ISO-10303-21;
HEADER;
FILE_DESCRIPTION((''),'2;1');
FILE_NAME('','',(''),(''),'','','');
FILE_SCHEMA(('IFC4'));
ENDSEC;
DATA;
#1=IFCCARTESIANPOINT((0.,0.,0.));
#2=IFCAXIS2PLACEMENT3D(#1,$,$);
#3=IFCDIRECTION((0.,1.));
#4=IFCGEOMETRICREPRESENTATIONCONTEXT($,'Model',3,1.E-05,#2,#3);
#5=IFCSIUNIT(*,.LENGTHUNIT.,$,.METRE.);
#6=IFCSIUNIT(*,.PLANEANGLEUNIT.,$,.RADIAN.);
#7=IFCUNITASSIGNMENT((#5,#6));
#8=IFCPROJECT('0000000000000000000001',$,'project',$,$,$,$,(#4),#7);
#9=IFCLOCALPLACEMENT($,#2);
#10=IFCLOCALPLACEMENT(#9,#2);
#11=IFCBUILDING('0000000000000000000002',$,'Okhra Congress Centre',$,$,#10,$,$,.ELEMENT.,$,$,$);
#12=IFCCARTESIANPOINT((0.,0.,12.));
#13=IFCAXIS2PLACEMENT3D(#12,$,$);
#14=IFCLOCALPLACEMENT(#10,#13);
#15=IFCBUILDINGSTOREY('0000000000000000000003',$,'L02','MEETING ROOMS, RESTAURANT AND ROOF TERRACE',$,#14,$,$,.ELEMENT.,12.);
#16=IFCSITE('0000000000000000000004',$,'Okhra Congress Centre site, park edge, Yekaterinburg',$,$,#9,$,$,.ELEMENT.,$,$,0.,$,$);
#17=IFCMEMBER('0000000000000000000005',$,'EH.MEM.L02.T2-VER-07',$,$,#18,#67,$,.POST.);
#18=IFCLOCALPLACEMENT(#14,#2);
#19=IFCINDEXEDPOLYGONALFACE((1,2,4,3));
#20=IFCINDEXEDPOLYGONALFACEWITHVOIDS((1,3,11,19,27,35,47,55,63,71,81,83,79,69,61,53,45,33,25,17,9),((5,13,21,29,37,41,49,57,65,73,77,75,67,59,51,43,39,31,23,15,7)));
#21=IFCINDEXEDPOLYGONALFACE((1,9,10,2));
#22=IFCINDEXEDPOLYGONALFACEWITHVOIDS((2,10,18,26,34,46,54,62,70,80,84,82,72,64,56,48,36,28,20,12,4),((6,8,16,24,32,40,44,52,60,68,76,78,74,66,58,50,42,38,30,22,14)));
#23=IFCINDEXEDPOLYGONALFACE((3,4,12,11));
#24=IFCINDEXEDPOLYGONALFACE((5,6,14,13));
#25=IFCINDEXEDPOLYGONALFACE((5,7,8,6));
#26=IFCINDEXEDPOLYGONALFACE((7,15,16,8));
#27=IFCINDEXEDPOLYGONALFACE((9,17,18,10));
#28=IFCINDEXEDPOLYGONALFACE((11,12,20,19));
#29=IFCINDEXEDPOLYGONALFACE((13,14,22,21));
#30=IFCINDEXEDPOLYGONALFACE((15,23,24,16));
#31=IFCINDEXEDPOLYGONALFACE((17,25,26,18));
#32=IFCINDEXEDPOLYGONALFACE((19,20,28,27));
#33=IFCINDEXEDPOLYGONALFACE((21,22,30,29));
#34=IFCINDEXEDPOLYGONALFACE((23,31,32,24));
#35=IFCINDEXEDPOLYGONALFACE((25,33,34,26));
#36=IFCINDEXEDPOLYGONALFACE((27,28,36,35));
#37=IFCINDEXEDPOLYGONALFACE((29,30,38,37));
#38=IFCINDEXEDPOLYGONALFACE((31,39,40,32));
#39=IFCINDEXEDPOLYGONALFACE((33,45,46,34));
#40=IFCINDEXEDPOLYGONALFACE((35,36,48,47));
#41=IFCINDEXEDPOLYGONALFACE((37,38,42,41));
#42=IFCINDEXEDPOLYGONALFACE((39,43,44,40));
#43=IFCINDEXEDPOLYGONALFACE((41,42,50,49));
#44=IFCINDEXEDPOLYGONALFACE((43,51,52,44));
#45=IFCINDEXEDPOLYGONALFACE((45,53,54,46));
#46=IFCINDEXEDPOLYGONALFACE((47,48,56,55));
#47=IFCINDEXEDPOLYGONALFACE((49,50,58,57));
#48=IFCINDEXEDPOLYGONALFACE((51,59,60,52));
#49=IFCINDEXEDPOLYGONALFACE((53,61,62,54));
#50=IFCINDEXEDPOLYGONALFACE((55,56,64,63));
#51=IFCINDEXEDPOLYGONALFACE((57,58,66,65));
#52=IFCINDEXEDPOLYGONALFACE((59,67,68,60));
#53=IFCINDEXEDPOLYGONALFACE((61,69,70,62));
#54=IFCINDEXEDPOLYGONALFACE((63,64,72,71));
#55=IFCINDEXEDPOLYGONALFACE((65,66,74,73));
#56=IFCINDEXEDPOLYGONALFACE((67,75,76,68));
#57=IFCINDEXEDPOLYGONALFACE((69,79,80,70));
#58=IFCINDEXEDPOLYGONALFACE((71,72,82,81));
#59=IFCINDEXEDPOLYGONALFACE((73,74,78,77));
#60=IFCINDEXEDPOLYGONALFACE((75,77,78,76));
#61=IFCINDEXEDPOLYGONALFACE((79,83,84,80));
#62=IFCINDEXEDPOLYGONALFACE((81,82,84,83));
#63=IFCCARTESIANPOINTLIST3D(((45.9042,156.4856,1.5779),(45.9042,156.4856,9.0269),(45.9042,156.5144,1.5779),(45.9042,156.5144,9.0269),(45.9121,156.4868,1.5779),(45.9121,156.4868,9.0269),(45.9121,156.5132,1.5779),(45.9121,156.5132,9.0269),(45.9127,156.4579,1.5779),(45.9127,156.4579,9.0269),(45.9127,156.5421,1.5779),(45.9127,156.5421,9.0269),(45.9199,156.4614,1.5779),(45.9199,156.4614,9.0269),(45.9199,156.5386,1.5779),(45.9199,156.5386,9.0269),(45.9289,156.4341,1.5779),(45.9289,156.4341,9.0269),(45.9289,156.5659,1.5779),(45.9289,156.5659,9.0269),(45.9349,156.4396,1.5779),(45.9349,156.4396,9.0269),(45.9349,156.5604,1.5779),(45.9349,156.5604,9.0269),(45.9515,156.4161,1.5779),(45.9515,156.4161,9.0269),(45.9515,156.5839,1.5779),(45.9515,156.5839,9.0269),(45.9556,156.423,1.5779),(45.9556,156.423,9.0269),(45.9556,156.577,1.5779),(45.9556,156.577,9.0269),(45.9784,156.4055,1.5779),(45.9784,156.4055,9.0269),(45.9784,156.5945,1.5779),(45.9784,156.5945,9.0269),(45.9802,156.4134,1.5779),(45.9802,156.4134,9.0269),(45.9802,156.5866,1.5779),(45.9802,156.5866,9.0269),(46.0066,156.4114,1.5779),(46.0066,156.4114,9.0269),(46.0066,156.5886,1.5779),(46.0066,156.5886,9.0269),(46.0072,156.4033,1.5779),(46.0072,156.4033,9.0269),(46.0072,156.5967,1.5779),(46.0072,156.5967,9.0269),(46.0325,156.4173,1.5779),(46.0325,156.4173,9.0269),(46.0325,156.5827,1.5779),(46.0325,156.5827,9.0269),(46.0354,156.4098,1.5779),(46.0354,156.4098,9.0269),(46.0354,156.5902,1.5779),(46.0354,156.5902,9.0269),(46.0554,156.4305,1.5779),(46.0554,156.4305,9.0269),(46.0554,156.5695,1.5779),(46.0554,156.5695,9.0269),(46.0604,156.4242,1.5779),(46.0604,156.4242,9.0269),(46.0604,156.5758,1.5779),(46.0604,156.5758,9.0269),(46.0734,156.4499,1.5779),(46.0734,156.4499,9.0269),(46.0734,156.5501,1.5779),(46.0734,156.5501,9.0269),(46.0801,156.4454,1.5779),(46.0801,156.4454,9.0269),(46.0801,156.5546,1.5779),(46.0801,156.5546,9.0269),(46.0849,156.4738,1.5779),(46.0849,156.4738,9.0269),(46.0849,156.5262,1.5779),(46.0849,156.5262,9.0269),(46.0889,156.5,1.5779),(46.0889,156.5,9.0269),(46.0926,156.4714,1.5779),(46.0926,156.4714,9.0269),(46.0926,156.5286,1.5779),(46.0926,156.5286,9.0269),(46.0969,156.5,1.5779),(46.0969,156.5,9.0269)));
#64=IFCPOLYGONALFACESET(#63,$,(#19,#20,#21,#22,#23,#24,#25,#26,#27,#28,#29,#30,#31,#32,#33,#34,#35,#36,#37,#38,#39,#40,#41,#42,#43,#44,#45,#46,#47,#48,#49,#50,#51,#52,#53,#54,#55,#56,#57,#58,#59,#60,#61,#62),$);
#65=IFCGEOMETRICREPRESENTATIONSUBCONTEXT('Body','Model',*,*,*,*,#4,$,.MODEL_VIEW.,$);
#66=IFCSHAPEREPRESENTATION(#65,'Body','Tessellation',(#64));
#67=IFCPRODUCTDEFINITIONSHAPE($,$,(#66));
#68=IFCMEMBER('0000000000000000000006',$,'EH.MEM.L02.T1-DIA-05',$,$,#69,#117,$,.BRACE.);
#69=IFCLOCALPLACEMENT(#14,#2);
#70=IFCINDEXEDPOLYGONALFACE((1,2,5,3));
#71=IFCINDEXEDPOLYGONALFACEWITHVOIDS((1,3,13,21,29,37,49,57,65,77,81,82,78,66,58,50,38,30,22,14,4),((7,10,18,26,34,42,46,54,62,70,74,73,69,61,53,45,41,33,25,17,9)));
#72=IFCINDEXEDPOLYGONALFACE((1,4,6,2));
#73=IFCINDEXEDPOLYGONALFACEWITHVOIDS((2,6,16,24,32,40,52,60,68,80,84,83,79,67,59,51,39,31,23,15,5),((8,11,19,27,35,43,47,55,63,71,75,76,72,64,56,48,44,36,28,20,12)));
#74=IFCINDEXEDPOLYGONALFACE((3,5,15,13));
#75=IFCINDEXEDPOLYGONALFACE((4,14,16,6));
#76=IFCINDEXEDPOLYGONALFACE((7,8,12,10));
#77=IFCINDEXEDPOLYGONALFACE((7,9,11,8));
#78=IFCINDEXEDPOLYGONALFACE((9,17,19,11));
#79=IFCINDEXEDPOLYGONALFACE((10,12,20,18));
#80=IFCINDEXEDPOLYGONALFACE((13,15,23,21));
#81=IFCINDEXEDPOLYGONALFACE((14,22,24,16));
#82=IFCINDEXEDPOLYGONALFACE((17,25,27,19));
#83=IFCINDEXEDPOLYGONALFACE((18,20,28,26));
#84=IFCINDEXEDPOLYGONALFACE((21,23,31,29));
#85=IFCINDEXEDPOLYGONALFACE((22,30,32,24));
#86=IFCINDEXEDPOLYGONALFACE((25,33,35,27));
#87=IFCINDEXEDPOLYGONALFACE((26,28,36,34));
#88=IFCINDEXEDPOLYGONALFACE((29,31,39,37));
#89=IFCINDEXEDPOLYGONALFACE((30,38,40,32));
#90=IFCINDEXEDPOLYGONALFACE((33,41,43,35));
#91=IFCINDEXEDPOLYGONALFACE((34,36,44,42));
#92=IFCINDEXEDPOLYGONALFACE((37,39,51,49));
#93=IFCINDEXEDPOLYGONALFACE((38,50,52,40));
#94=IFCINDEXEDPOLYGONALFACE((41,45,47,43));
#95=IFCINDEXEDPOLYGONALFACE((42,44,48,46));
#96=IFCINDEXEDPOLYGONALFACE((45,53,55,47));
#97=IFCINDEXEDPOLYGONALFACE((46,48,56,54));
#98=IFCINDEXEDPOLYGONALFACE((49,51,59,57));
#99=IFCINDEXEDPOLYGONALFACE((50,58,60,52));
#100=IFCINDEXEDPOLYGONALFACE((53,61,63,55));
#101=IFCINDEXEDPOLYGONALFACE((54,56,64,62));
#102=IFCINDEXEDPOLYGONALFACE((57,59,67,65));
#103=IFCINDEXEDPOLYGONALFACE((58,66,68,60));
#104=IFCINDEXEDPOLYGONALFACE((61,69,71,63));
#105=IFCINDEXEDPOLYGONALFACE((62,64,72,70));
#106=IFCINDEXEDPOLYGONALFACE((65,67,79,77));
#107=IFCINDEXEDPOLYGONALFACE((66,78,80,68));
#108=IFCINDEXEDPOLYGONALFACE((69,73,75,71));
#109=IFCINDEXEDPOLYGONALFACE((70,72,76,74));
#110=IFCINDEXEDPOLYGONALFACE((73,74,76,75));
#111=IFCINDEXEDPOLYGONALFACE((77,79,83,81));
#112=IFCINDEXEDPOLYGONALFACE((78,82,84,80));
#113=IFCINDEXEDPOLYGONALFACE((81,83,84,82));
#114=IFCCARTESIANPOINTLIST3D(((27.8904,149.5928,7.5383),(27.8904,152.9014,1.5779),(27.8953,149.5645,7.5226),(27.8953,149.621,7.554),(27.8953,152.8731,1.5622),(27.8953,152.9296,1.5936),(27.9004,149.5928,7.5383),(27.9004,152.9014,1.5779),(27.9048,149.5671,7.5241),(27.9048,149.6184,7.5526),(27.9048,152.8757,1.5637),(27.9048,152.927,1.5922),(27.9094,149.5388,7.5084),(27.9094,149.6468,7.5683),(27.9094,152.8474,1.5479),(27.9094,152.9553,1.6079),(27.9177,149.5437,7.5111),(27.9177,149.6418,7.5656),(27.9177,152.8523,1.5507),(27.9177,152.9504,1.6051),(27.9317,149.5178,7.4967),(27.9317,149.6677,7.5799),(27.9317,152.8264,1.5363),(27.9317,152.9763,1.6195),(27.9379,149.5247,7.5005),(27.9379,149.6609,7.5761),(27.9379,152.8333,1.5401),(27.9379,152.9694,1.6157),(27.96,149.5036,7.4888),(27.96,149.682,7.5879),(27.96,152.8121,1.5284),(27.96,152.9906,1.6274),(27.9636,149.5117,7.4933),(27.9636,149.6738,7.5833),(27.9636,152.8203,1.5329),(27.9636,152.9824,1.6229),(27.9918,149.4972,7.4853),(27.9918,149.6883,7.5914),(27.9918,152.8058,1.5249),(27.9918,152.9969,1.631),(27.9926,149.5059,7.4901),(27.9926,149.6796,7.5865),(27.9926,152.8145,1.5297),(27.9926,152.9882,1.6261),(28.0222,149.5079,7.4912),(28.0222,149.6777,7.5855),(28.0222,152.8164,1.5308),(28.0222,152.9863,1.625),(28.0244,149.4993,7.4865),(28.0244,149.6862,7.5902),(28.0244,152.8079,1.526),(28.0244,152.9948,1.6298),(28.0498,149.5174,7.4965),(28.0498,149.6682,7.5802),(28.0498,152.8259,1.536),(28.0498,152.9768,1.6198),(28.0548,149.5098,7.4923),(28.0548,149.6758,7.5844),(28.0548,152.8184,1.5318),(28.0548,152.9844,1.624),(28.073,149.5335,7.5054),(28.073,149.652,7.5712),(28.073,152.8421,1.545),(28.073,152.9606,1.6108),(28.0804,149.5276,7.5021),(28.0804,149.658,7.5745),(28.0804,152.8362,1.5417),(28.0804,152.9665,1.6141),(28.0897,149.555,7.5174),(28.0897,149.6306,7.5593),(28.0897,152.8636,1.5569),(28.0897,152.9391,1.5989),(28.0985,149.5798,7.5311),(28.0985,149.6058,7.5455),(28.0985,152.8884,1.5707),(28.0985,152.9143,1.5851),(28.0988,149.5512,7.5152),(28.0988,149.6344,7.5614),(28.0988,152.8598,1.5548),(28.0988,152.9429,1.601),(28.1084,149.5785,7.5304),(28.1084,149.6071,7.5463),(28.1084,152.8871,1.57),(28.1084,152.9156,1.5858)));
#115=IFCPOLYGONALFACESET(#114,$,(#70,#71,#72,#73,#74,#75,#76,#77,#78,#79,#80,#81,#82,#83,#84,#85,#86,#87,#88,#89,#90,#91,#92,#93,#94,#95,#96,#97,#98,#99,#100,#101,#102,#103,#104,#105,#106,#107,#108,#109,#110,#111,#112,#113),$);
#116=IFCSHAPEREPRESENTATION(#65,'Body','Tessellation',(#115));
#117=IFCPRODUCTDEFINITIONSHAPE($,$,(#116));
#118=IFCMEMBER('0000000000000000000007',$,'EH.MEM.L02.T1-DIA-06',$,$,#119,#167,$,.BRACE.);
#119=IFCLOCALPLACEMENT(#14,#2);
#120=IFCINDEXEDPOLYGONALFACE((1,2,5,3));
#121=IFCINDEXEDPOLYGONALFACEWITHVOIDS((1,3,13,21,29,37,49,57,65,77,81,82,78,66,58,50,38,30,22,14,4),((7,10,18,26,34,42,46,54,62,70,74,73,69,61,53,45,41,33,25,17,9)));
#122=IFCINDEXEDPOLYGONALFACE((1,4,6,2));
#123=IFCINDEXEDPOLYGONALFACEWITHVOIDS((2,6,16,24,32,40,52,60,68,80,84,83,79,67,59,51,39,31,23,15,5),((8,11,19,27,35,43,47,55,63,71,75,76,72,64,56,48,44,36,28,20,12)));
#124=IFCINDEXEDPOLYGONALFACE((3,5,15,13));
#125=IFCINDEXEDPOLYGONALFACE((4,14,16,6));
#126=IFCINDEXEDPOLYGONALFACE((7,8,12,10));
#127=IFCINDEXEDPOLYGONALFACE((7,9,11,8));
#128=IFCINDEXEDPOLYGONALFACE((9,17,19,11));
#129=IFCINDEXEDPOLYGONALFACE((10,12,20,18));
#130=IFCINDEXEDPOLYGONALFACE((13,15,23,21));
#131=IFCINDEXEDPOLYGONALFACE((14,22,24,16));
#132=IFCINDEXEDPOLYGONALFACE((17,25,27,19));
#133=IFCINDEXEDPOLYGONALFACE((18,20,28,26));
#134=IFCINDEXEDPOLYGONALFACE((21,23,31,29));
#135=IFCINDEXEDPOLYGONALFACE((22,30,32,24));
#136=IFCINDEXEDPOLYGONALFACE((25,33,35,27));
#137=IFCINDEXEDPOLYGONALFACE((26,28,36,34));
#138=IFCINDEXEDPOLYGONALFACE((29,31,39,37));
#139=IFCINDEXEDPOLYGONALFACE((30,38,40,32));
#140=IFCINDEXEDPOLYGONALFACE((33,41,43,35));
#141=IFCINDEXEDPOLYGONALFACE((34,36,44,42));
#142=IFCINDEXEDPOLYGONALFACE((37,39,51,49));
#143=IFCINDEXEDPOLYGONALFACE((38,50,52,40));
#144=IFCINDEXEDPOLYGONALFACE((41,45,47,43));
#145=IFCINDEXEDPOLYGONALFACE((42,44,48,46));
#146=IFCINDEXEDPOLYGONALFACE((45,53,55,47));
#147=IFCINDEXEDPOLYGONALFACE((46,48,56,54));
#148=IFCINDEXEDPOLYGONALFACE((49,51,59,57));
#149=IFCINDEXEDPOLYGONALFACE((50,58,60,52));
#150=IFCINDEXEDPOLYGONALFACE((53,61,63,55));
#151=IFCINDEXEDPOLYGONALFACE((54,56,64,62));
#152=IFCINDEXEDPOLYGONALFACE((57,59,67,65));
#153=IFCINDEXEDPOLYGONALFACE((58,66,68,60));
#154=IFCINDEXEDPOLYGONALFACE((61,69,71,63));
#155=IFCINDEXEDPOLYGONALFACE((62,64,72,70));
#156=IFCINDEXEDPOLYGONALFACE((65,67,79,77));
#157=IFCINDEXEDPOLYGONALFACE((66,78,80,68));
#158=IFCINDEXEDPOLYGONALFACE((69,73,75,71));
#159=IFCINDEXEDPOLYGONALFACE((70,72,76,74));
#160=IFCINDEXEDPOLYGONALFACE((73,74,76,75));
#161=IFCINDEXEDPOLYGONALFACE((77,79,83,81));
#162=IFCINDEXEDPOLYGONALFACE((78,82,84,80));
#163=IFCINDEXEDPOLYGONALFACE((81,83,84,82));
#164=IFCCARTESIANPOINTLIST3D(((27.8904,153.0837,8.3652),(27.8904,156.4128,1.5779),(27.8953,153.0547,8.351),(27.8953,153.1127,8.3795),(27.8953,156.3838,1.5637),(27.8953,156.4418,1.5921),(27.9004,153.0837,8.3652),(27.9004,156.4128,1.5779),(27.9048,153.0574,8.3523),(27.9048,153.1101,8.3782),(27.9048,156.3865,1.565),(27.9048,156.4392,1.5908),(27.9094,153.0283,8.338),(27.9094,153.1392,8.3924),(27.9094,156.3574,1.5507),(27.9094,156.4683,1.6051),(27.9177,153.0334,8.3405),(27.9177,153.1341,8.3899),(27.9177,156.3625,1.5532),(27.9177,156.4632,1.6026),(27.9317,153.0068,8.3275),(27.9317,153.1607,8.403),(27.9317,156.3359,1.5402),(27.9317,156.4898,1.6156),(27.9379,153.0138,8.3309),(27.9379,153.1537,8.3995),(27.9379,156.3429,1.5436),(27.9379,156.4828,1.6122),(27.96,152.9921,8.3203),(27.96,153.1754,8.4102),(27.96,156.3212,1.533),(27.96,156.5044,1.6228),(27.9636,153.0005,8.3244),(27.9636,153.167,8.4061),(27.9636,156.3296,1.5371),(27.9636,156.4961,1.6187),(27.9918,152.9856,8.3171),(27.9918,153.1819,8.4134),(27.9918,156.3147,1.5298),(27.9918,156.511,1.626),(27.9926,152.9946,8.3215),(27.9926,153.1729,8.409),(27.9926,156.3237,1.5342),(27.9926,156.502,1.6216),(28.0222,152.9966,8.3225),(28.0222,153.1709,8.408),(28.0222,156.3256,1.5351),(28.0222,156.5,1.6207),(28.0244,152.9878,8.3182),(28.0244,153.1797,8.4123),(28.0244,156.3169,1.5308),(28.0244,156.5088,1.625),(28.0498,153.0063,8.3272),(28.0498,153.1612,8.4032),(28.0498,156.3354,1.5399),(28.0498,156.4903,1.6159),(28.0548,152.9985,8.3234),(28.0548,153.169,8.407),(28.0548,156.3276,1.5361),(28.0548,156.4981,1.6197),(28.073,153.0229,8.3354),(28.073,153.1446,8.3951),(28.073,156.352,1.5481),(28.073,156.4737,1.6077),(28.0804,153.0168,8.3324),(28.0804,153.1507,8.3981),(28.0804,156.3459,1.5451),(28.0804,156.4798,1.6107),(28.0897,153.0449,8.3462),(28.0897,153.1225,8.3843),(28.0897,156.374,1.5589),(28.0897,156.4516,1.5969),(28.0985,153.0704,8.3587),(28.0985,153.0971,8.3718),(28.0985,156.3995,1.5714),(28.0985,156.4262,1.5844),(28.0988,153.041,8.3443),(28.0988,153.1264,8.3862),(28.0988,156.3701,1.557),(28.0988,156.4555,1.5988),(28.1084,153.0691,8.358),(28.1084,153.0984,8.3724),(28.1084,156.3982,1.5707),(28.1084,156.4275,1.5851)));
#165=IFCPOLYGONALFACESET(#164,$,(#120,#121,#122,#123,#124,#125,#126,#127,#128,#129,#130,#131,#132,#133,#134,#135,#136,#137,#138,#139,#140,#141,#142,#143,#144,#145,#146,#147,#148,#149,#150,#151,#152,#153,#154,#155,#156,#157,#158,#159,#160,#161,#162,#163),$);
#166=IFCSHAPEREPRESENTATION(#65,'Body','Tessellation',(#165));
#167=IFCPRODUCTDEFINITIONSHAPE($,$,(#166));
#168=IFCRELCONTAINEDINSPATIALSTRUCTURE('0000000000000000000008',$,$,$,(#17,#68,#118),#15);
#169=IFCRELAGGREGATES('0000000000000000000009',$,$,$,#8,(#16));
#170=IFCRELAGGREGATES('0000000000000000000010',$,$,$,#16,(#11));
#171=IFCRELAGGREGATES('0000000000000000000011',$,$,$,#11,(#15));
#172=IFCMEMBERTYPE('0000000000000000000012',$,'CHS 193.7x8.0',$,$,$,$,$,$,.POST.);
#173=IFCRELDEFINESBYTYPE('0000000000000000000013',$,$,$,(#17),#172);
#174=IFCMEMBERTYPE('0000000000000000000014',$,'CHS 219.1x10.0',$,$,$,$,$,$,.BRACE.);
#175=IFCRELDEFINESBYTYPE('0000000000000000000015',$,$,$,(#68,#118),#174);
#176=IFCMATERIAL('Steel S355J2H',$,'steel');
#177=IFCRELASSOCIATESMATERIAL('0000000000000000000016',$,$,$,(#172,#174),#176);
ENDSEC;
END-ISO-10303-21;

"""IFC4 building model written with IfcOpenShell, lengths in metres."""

from ifc_helpers import new_model, si_unit, direction, frame, origin, origin_2d, place, context, subcontext, project, spatial, hollow_circle, extrude, material, material_profile, profile_set, type_object, element, save


model = new_model("IFC4")

# Units and contexts
model_context = context("Model", 3, precision=1e-05, world=origin(), true_north=direction((0.0, 1.0)))
body_context = subcontext(model_context, "Body", "Model", "MODEL_VIEW")
ifc_project = project(units=[si_unit("LENGTHUNIT", "METRE"), si_unit("PLANEANGLEUNIT", "RADIAN")], contexts=[model_context])

# Site, building, storey
site_placement = place(None, origin())
site = spatial("IfcSite", under=ifc_project, at=site_placement, Name="Okhra Congress Centre site, park edge, Yekaterinburg", CompositionType="ELEMENT", RefElevation=0.0)
building_placement = place(site_placement, origin())
building = spatial("IfcBuilding", under=site, at=building_placement, Name="Okhra Congress Centre", CompositionType="ELEMENT")
storey_placement = place(building_placement, frame((0.0, 0.0, 12.0)))
storey = spatial("IfcBuildingStorey", under=building, at=storey_placement, Name="L02", Description="MEETING ROOMS, RESTAURANT AND ROOF TERRACE", CompositionType="ELEMENT", Elevation=12.0)

# Members
ifc_material_1 = material(Name="Steel S355J2H", Category="steel")
ifc_material_profile_1 = material_profile(ifc_material_1, hollow_circle(Radius=0.0969, WallThickness=0.0081, at=origin_2d()), Name="CHS 193.7x8.0")
ifc_profile_set_1 = profile_set([ifc_material_profile_1], Name="Steel S355J2H")
member_type_1 = type_object("IfcMemberType", Name="CHS 193.7x8.0", PredefinedType="POST", material=ifc_profile_set_1)
member_1_placement = place(storey_placement, frame((46.0, 156.5, 1.5779), z_axis=(0.0, 0.0, 1.0), x_axis=(1.0, 0.0, 0.0)))
element("IfcMember", 1, at=member_1_placement, inside=storey, type_object=member_type_1, Name="EH.MEM.L02.T2-VER-07", PredefinedType="POST", context=body_context, shape_type="SweptSolid", body=[
    extrude(hollow_circle(Radius=0.0969, WallThickness=0.0081, at=origin_2d()), origin(), (0.0, 0.0, 1.0), 7.449),
])
ifc_material_profile_2 = material_profile(ifc_material_1, hollow_circle(Radius=0.1096, WallThickness=0.01, at=origin_2d()), Name="CHS 219.1x10.0")
ifc_profile_set_2 = profile_set([ifc_material_profile_2], Name="Steel S355J2H")
member_type_2 = type_object("IfcMemberType", Name="CHS 219.1x10.0", PredefinedType="BRACE", material=ifc_profile_set_2)
member_2_placement = place(storey_placement, frame((28.0, 149.5928, 7.5383), z_axis=(0.0, 0.485333, -0.87433), x_axis=(-1.0, 0.0, 0.0)))
element("IfcMember", 2, at=member_2_placement, inside=storey, type_object=member_type_2, Name="EH.MEM.L02.T1-DIA-05", PredefinedType="BRACE", context=body_context, shape_type="SweptSolid", body=[
    extrude(hollow_circle(Radius=0.1096, WallThickness=0.01, at=origin_2d()), origin(), (0.0, 0.0, 1.0), 6.8171),
])
member_3_placement = place(storey_placement, frame((28.0, 153.0837, 8.3652), z_axis=(0.0, 0.440367, -0.897818), x_axis=(-1.0, 0.0, 0.0)))
element("IfcMember", 3, at=member_3_placement, inside=storey, type_object=member_type_2, Name="EH.MEM.L02.T1-DIA-06", PredefinedType="BRACE", context=body_context, shape_type="SweptSolid", body=[
    extrude(hollow_circle(Radius=0.1096, WallThickness=0.01, at=origin_2d()), origin(), (0.0, 0.0, 1.0), 7.5598),
])

save(model, "model.ifc")
